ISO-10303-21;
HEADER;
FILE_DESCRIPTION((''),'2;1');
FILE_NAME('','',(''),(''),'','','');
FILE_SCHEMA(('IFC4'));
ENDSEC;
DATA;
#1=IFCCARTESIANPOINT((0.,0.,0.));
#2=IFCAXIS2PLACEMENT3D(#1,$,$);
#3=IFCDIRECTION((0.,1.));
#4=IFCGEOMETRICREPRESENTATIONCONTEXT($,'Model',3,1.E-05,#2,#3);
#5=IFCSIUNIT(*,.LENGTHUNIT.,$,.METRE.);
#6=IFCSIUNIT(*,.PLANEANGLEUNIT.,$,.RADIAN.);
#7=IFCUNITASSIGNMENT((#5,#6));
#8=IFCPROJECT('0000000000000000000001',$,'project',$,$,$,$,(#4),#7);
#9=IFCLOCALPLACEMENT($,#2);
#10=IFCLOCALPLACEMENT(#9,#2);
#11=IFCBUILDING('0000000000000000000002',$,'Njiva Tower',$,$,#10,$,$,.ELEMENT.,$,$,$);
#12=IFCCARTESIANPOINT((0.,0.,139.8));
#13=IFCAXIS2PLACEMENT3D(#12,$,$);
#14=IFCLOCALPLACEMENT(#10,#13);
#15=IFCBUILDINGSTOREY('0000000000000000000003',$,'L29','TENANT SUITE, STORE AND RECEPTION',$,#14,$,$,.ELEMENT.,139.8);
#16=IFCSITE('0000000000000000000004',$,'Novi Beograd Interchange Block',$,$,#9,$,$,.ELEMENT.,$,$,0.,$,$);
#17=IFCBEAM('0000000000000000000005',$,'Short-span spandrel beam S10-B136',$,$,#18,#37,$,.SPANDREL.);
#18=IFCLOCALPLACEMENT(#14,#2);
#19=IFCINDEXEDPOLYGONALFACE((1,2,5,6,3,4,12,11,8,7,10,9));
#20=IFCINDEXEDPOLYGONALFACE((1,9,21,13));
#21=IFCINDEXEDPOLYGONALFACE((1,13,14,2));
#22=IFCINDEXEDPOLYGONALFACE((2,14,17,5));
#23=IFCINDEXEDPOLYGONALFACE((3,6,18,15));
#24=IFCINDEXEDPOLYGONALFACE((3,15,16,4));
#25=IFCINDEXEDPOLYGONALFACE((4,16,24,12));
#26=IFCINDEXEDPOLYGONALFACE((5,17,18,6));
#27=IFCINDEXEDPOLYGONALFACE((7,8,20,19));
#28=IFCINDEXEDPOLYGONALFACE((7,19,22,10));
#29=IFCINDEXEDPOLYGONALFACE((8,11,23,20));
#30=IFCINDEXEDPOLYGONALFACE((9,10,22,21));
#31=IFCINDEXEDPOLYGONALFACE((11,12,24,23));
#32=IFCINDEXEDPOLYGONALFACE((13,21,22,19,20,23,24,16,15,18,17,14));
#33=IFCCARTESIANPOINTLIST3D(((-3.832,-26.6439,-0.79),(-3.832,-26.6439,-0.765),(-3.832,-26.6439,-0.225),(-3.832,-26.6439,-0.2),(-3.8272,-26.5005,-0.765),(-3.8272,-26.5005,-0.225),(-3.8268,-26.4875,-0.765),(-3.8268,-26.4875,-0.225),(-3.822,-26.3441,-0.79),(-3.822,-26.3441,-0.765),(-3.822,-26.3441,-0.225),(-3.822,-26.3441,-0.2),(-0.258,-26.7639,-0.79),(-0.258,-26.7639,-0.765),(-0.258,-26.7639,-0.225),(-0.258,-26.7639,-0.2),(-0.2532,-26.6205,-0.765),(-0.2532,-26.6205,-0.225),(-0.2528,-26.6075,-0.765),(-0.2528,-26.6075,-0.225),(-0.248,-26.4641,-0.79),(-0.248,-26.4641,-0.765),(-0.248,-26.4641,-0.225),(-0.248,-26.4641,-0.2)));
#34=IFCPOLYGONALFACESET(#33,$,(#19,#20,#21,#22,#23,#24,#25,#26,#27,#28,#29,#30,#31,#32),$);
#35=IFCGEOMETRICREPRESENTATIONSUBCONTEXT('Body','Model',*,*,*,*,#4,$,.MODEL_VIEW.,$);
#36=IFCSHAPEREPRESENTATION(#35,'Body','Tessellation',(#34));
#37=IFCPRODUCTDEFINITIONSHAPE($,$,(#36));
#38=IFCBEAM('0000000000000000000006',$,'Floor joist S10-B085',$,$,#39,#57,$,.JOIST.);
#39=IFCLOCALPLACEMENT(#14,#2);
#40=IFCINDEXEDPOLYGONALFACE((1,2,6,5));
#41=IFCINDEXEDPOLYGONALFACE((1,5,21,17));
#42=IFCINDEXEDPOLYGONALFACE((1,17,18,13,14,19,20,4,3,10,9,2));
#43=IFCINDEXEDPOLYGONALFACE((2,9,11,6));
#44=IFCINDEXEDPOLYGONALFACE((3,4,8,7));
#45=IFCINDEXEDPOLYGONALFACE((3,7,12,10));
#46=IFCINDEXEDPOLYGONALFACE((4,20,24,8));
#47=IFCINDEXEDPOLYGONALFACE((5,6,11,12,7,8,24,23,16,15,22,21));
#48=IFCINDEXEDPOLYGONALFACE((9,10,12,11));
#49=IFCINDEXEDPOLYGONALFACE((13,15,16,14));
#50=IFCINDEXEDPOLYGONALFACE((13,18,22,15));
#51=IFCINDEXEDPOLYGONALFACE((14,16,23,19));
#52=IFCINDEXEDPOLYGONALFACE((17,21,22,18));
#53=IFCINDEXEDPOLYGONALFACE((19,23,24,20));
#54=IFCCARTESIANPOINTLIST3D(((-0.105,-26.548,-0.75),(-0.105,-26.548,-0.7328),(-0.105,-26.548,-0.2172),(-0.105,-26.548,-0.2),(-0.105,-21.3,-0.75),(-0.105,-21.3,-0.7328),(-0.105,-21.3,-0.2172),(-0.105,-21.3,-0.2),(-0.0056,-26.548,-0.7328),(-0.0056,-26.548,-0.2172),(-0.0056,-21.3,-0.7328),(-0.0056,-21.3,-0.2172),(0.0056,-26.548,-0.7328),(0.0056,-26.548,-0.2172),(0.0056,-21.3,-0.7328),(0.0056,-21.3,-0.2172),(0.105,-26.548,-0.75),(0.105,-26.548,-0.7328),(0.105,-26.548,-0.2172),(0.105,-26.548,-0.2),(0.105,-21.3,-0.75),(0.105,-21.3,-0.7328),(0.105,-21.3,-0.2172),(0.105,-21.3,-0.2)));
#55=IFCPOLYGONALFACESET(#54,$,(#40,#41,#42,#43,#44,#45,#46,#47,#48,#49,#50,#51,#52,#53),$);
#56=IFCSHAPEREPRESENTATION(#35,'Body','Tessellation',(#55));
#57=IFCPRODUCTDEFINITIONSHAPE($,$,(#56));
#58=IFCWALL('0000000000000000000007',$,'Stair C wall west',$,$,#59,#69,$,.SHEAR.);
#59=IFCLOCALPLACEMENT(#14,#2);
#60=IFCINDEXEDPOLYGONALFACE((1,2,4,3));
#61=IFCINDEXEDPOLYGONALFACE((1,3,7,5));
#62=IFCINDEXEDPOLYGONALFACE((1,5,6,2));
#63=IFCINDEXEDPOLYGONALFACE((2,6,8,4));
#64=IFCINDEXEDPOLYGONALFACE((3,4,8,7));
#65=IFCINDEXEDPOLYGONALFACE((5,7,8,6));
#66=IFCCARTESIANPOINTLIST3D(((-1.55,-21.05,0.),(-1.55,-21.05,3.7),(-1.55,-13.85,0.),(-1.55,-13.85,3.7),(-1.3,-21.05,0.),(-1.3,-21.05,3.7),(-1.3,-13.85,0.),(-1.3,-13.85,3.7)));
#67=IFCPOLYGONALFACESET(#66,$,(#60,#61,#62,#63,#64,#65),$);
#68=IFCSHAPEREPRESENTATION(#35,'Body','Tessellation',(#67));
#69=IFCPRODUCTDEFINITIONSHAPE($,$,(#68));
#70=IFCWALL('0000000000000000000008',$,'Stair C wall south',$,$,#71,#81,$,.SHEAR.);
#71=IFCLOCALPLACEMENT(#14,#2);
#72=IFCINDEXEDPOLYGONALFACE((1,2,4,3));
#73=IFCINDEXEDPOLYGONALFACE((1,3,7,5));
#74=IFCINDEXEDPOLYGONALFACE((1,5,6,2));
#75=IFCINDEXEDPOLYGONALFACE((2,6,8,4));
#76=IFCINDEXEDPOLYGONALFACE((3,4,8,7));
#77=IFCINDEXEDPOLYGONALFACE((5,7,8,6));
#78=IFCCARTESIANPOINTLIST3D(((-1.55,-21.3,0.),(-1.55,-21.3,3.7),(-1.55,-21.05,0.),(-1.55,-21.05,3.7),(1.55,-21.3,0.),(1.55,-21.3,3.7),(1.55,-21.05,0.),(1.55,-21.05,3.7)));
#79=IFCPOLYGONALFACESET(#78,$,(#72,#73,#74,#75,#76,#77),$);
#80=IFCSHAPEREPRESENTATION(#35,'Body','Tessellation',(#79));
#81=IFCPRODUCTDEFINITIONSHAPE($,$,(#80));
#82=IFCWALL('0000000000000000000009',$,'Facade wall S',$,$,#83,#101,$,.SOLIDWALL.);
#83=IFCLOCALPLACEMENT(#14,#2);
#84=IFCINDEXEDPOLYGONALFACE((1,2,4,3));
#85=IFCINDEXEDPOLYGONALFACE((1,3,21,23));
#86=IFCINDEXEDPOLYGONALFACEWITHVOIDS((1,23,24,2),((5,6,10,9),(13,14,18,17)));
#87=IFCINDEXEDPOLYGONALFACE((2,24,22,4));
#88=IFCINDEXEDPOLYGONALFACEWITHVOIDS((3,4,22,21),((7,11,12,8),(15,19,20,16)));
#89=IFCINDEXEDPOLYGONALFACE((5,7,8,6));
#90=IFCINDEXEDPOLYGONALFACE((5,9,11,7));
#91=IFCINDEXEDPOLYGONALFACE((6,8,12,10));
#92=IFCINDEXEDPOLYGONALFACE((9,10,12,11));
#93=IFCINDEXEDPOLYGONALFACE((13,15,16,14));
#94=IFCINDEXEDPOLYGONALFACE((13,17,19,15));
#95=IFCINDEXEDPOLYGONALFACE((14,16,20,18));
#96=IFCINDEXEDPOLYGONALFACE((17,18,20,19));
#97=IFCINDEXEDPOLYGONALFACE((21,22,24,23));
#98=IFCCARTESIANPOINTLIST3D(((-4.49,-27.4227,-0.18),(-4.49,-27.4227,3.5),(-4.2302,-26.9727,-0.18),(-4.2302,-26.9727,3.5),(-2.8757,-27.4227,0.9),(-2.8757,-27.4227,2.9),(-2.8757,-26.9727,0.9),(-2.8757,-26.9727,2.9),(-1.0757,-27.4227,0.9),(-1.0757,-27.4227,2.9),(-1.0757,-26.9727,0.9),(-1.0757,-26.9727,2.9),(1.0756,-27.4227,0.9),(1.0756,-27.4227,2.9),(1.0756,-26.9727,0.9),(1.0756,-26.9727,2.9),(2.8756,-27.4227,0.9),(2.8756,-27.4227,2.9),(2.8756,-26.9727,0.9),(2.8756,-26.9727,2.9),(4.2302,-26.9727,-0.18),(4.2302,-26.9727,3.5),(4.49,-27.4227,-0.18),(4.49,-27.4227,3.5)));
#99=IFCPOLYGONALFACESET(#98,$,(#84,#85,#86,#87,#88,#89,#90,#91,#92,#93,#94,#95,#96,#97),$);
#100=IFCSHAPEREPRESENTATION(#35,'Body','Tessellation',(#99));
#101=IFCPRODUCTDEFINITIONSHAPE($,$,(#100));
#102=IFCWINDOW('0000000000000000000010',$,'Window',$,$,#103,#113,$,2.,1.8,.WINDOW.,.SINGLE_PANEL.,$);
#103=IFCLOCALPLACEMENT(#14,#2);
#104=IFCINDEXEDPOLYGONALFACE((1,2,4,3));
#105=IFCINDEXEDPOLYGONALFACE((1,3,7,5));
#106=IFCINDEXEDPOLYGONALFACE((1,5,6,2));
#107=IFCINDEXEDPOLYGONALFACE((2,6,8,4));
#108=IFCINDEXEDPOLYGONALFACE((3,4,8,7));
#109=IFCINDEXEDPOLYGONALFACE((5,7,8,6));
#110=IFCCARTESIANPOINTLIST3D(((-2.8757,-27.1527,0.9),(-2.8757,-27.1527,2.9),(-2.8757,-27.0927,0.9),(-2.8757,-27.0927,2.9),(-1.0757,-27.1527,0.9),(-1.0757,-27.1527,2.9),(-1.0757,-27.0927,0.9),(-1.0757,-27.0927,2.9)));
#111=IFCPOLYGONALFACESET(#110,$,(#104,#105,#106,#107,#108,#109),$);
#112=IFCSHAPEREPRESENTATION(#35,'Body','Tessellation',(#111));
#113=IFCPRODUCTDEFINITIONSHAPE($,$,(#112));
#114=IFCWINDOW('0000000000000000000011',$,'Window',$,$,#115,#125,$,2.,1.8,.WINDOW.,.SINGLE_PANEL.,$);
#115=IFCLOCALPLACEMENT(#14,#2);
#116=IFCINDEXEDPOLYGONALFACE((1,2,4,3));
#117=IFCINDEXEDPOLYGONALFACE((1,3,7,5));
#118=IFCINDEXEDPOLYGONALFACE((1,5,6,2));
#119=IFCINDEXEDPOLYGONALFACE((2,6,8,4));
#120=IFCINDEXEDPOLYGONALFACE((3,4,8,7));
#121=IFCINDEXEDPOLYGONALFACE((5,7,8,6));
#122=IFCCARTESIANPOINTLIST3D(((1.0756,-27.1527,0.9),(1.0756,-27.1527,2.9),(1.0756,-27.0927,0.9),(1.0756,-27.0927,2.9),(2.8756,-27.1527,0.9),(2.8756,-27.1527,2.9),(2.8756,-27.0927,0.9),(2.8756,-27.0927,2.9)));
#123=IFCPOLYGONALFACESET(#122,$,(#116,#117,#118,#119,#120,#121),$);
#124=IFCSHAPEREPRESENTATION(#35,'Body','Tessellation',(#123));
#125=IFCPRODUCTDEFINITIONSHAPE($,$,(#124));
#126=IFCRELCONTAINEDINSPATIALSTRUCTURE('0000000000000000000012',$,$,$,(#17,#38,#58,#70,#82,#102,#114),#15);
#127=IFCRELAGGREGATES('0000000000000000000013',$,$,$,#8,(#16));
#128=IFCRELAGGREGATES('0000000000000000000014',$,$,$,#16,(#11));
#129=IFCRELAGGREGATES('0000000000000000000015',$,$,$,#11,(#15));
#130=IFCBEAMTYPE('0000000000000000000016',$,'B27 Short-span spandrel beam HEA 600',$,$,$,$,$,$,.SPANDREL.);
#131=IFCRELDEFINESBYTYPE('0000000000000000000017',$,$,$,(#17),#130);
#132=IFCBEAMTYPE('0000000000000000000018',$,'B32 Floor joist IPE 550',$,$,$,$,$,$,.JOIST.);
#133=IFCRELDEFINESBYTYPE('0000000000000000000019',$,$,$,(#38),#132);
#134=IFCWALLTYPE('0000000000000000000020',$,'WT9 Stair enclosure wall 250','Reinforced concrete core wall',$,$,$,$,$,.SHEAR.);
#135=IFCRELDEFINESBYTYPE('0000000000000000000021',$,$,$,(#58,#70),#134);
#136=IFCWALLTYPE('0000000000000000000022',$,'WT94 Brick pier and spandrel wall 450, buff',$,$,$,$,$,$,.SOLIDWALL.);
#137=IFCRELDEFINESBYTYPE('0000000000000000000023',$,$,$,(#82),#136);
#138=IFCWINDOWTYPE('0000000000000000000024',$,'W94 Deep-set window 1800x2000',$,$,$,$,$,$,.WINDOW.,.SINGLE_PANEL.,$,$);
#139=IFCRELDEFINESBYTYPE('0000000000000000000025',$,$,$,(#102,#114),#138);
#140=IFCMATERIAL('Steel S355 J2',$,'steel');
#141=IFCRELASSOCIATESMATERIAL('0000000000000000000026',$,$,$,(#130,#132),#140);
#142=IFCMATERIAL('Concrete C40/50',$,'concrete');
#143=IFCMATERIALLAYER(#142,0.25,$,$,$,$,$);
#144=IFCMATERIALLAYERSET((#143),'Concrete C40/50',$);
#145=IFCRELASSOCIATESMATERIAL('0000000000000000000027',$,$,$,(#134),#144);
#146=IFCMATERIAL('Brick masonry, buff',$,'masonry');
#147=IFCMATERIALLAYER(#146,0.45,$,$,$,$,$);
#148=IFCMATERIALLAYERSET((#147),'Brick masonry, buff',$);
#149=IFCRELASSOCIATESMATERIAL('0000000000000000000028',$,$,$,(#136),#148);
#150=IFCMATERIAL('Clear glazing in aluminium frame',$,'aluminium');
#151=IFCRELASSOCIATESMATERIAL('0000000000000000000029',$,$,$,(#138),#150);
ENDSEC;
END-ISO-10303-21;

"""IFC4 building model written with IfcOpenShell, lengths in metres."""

from ifc_helpers import new_model, si_unit, direction, frame, frame_2d, origin, origin_2d, place, context, subcontext, project, spatial, polyline, rectangle, i_section, outline, extrude, material, layer, layer_set, material_profile, profile_set, type_object, element, fill, save


model = new_model("IFC4")

# Units and contexts
model_context = context("Model", 3, precision=1e-05, world=origin(), true_north=direction((0.0, 1.0)))
body_context = subcontext(model_context, "Body", "Model", "MODEL_VIEW")
ifc_project = project(units=[si_unit("LENGTHUNIT", "METRE"), si_unit("PLANEANGLEUNIT", "RADIAN")], contexts=[model_context])

# Site, building, storey
site_placement = place(None, origin())
site = spatial("IfcSite", under=ifc_project, at=site_placement, Name="Novi Beograd Interchange Block", CompositionType="ELEMENT", RefElevation=0.0)
building_placement = place(site_placement, origin())
building = spatial("IfcBuilding", under=site, at=building_placement, Name="Njiva Tower", CompositionType="ELEMENT")
storey_placement = place(building_placement, frame((0.0, 0.0, 139.8)))
storey = spatial("IfcBuildingStorey", under=building, at=storey_placement, Name="L29", Description="TENANT SUITE, STORE AND RECEPTION", CompositionType="ELEMENT", Elevation=139.8)

# Shared definitions
ifc_material_1 = material(Name="Steel S355 J2", Category="steel")

# Beams
ifc_material_profile_1 = material_profile(ifc_material_1, i_section(OverallWidth=0.3, OverallDepth=0.59, WebThickness=0.013, FlangeThickness=0.025, at=origin_2d()), Name="HEA 600")
ifc_profile_set_1 = profile_set([ifc_material_profile_1], Name="Steel S355 J2")
beam_type_1 = type_object("IfcBeamType", Name="B27 Short-span spandrel beam HEA 600", PredefinedType="SPANDREL", material=ifc_profile_set_1)
beam_1_placement = place(storey_placement, frame((-3.827, -26.494, -0.495), z_axis=(0.999437, -0.033557, 0.0), x_axis=(0.033557, 0.999437, 0.0)))
element("IfcBeam", 1, at=beam_1_placement, inside=storey, type_object=beam_type_1, Name="Short-span spandrel beam S10-B136", PredefinedType="SPANDREL", context=body_context, shape_type="SweptSolid", body=[
    extrude(i_section(OverallWidth=0.3, OverallDepth=0.59, WebThickness=0.013, FlangeThickness=0.025, at=origin_2d()), origin(), (0.0, 0.0, 1.0), 3.576),
])
ifc_material_profile_2 = material_profile(ifc_material_1, i_section(OverallWidth=0.21, OverallDepth=0.55, WebThickness=0.0111, FlangeThickness=0.0172, at=origin_2d()), Name="IPE 550")
ifc_profile_set_2 = profile_set([ifc_material_profile_2], Name="Steel S355 J2")
beam_type_2 = type_object("IfcBeamType", Name="B32 Floor joist IPE 550", PredefinedType="JOIST", material=ifc_profile_set_2)
beam_2_placement = place(storey_placement, frame((0.0, -21.3, -0.475), z_axis=(0.0, -1.0, 0.0), x_axis=(1.0, 0.0, 0.0)))
element("IfcBeam", 2, at=beam_2_placement, inside=storey, type_object=beam_type_2, Name="Floor joist S10-B085", PredefinedType="JOIST", context=body_context, shape_type="SweptSolid", body=[
    extrude(i_section(OverallWidth=0.21, OverallDepth=0.55, WebThickness=0.0111, FlangeThickness=0.0172, at=origin_2d()), origin(), (0.0, 0.0, 1.0), 5.248),
])

# Walls
ifc_material_2 = material(Name="Concrete C40/50", Category="concrete")
ifc_layer_1 = layer(ifc_material_2, 0.25)
ifc_layer_set_1 = layer_set([ifc_layer_1], Name="Concrete C40/50")
wall_type_1 = type_object("IfcWallType", Name="WT9 Stair enclosure wall 250", Description="Reinforced concrete core wall", PredefinedType="SHEAR", material=ifc_layer_set_1)
wall_1_placement = place(storey_placement, frame((-1.425, -21.05, 0.0), z_axis=(0.0, 0.0, 1.0), x_axis=(0.0, 1.0, 0.0)))
element("IfcWall", 3, at=wall_1_placement, inside=storey, type_object=wall_type_1, Name="Stair C wall west", PredefinedType="SHEAR", context=body_context, shape_type="SweptSolid", body=[
    extrude(rectangle(XDim=7.2, YDim=0.25, at=frame_2d((3.6, 0.0))), origin(), (0.0, 0.0, 1.0), 3.7),
])
wall_2_placement = place(storey_placement, frame((-1.55, -21.175, 0.0), z_axis=(0.0, 0.0, 1.0), x_axis=(1.0, 0.0, 0.0)))
element("IfcWall", 4, at=wall_2_placement, inside=storey, type_object=wall_type_1, Name="Stair C wall south", PredefinedType="SHEAR", context=body_context, shape_type="SweptSolid", body=[
    extrude(rectangle(XDim=3.1, YDim=0.25, at=frame_2d((1.55, 0.0))), origin(), (0.0, 0.0, 1.0), 3.7),
])

# Wall, openings, windows
ifc_material_3 = material(Name="Brick masonry, buff", Category="masonry")
ifc_layer_2 = layer(ifc_material_3, 0.45)
ifc_layer_set_2 = layer_set([ifc_layer_2], Name="Brick masonry, buff")
wall_type_2 = type_object("IfcWallType", Name="WT94 Brick pier and spandrel wall 450, buff", PredefinedType="SOLIDWALL", material=ifc_layer_set_2)
wall_3_placement = place(storey_placement, frame((-4.3601, -27.1977, -0.18), z_axis=(0.0, 0.0, 1.0), x_axis=(1.0, 0.0, 0.0)))
wall_3 = element("IfcWall", 5, at=wall_3_placement, inside=storey, type_object=wall_type_2, Name="Facade wall S", PredefinedType="SOLIDWALL", context=body_context, shape_type="SweptSolid", body=[
    extrude(outline(polyline([(-0.1299, -0.225), (8.8501, -0.225), (8.5903, 0.225), (0.1299, 0.225), (-0.1299, -0.225)])), origin(), (0.0, 0.0, 1.0), 3.68),
])
opening_1_placement = place(wall_3_placement, frame((1.4844, 0.0, 1.08)))
opening_1 = element("IfcOpeningElement", 6, at=opening_1_placement, cuts=wall_3, PredefinedType="OPENING", context=body_context, shape_type="SweptSolid", body=[
    extrude(rectangle(XDim=1.8, YDim=2.0, at=frame_2d((0.9, 1.0))), frame((0.0, 0.235, 0.0), z_axis=(0.0, -1.0, 0.0), x_axis=(1.0, 0.0, 0.0)), (0.0, 0.0, 1.0), 0.47),
])
opening_2_placement = place(wall_3_placement, frame((5.4357, 0.0, 1.08)))
opening_2 = element("IfcOpeningElement", 7, at=opening_2_placement, cuts=wall_3, PredefinedType="OPENING", context=body_context, shape_type="SweptSolid", body=[
    extrude(rectangle(XDim=1.8, YDim=2.0, at=frame_2d((0.9, 1.0))), frame((0.0, 0.235, 0.0), z_axis=(0.0, -1.0, 0.0), x_axis=(1.0, 0.0, 0.0)), (0.0, 0.0, 1.0), 0.47),
])
ifc_material_4 = material(Name="Clear glazing in aluminium frame", Category="aluminium")
window_type = type_object("IfcWindowType", Name="W94 Deep-set window 1800x2000", PartitioningType="SINGLE_PANEL", PredefinedType="WINDOW", material=ifc_material_4)
window_1_placement = place(opening_1_placement, origin())
window_1 = element("IfcWindow", 8, at=window_1_placement, inside=storey, type_object=window_type, Name="Window", OverallHeight=2.0, OverallWidth=1.8, PartitioningType="SINGLE_PANEL", PredefinedType="WINDOW", context=body_context, shape_type="SweptSolid", body=[
    extrude(rectangle(XDim=1.8, YDim=2.0, at=frame_2d((0.9, 1.0))), frame((0.0, 0.105, 0.0), z_axis=(0.0, -1.0, 0.0), x_axis=(1.0, 0.0, 0.0)), (0.0, 0.0, 1.0), 0.06),
])
fill(opening_1, window_1)
window_2_placement = place(opening_2_placement, origin())
window_2 = element("IfcWindow", 9, at=window_2_placement, inside=storey, type_object=window_type, Name="Window", OverallHeight=2.0, OverallWidth=1.8, PartitioningType="SINGLE_PANEL", PredefinedType="WINDOW", context=body_context, shape_type="SweptSolid", body=[
    extrude(rectangle(XDim=1.8, YDim=2.0, at=frame_2d((0.9, 1.0))), frame((0.0, 0.105, 0.0), z_axis=(0.0, -1.0, 0.0), x_axis=(1.0, 0.0, 0.0)), (0.0, 0.0, 1.0), 0.06),
])
fill(opening_2, window_2)

save(model, "model.ifc")
